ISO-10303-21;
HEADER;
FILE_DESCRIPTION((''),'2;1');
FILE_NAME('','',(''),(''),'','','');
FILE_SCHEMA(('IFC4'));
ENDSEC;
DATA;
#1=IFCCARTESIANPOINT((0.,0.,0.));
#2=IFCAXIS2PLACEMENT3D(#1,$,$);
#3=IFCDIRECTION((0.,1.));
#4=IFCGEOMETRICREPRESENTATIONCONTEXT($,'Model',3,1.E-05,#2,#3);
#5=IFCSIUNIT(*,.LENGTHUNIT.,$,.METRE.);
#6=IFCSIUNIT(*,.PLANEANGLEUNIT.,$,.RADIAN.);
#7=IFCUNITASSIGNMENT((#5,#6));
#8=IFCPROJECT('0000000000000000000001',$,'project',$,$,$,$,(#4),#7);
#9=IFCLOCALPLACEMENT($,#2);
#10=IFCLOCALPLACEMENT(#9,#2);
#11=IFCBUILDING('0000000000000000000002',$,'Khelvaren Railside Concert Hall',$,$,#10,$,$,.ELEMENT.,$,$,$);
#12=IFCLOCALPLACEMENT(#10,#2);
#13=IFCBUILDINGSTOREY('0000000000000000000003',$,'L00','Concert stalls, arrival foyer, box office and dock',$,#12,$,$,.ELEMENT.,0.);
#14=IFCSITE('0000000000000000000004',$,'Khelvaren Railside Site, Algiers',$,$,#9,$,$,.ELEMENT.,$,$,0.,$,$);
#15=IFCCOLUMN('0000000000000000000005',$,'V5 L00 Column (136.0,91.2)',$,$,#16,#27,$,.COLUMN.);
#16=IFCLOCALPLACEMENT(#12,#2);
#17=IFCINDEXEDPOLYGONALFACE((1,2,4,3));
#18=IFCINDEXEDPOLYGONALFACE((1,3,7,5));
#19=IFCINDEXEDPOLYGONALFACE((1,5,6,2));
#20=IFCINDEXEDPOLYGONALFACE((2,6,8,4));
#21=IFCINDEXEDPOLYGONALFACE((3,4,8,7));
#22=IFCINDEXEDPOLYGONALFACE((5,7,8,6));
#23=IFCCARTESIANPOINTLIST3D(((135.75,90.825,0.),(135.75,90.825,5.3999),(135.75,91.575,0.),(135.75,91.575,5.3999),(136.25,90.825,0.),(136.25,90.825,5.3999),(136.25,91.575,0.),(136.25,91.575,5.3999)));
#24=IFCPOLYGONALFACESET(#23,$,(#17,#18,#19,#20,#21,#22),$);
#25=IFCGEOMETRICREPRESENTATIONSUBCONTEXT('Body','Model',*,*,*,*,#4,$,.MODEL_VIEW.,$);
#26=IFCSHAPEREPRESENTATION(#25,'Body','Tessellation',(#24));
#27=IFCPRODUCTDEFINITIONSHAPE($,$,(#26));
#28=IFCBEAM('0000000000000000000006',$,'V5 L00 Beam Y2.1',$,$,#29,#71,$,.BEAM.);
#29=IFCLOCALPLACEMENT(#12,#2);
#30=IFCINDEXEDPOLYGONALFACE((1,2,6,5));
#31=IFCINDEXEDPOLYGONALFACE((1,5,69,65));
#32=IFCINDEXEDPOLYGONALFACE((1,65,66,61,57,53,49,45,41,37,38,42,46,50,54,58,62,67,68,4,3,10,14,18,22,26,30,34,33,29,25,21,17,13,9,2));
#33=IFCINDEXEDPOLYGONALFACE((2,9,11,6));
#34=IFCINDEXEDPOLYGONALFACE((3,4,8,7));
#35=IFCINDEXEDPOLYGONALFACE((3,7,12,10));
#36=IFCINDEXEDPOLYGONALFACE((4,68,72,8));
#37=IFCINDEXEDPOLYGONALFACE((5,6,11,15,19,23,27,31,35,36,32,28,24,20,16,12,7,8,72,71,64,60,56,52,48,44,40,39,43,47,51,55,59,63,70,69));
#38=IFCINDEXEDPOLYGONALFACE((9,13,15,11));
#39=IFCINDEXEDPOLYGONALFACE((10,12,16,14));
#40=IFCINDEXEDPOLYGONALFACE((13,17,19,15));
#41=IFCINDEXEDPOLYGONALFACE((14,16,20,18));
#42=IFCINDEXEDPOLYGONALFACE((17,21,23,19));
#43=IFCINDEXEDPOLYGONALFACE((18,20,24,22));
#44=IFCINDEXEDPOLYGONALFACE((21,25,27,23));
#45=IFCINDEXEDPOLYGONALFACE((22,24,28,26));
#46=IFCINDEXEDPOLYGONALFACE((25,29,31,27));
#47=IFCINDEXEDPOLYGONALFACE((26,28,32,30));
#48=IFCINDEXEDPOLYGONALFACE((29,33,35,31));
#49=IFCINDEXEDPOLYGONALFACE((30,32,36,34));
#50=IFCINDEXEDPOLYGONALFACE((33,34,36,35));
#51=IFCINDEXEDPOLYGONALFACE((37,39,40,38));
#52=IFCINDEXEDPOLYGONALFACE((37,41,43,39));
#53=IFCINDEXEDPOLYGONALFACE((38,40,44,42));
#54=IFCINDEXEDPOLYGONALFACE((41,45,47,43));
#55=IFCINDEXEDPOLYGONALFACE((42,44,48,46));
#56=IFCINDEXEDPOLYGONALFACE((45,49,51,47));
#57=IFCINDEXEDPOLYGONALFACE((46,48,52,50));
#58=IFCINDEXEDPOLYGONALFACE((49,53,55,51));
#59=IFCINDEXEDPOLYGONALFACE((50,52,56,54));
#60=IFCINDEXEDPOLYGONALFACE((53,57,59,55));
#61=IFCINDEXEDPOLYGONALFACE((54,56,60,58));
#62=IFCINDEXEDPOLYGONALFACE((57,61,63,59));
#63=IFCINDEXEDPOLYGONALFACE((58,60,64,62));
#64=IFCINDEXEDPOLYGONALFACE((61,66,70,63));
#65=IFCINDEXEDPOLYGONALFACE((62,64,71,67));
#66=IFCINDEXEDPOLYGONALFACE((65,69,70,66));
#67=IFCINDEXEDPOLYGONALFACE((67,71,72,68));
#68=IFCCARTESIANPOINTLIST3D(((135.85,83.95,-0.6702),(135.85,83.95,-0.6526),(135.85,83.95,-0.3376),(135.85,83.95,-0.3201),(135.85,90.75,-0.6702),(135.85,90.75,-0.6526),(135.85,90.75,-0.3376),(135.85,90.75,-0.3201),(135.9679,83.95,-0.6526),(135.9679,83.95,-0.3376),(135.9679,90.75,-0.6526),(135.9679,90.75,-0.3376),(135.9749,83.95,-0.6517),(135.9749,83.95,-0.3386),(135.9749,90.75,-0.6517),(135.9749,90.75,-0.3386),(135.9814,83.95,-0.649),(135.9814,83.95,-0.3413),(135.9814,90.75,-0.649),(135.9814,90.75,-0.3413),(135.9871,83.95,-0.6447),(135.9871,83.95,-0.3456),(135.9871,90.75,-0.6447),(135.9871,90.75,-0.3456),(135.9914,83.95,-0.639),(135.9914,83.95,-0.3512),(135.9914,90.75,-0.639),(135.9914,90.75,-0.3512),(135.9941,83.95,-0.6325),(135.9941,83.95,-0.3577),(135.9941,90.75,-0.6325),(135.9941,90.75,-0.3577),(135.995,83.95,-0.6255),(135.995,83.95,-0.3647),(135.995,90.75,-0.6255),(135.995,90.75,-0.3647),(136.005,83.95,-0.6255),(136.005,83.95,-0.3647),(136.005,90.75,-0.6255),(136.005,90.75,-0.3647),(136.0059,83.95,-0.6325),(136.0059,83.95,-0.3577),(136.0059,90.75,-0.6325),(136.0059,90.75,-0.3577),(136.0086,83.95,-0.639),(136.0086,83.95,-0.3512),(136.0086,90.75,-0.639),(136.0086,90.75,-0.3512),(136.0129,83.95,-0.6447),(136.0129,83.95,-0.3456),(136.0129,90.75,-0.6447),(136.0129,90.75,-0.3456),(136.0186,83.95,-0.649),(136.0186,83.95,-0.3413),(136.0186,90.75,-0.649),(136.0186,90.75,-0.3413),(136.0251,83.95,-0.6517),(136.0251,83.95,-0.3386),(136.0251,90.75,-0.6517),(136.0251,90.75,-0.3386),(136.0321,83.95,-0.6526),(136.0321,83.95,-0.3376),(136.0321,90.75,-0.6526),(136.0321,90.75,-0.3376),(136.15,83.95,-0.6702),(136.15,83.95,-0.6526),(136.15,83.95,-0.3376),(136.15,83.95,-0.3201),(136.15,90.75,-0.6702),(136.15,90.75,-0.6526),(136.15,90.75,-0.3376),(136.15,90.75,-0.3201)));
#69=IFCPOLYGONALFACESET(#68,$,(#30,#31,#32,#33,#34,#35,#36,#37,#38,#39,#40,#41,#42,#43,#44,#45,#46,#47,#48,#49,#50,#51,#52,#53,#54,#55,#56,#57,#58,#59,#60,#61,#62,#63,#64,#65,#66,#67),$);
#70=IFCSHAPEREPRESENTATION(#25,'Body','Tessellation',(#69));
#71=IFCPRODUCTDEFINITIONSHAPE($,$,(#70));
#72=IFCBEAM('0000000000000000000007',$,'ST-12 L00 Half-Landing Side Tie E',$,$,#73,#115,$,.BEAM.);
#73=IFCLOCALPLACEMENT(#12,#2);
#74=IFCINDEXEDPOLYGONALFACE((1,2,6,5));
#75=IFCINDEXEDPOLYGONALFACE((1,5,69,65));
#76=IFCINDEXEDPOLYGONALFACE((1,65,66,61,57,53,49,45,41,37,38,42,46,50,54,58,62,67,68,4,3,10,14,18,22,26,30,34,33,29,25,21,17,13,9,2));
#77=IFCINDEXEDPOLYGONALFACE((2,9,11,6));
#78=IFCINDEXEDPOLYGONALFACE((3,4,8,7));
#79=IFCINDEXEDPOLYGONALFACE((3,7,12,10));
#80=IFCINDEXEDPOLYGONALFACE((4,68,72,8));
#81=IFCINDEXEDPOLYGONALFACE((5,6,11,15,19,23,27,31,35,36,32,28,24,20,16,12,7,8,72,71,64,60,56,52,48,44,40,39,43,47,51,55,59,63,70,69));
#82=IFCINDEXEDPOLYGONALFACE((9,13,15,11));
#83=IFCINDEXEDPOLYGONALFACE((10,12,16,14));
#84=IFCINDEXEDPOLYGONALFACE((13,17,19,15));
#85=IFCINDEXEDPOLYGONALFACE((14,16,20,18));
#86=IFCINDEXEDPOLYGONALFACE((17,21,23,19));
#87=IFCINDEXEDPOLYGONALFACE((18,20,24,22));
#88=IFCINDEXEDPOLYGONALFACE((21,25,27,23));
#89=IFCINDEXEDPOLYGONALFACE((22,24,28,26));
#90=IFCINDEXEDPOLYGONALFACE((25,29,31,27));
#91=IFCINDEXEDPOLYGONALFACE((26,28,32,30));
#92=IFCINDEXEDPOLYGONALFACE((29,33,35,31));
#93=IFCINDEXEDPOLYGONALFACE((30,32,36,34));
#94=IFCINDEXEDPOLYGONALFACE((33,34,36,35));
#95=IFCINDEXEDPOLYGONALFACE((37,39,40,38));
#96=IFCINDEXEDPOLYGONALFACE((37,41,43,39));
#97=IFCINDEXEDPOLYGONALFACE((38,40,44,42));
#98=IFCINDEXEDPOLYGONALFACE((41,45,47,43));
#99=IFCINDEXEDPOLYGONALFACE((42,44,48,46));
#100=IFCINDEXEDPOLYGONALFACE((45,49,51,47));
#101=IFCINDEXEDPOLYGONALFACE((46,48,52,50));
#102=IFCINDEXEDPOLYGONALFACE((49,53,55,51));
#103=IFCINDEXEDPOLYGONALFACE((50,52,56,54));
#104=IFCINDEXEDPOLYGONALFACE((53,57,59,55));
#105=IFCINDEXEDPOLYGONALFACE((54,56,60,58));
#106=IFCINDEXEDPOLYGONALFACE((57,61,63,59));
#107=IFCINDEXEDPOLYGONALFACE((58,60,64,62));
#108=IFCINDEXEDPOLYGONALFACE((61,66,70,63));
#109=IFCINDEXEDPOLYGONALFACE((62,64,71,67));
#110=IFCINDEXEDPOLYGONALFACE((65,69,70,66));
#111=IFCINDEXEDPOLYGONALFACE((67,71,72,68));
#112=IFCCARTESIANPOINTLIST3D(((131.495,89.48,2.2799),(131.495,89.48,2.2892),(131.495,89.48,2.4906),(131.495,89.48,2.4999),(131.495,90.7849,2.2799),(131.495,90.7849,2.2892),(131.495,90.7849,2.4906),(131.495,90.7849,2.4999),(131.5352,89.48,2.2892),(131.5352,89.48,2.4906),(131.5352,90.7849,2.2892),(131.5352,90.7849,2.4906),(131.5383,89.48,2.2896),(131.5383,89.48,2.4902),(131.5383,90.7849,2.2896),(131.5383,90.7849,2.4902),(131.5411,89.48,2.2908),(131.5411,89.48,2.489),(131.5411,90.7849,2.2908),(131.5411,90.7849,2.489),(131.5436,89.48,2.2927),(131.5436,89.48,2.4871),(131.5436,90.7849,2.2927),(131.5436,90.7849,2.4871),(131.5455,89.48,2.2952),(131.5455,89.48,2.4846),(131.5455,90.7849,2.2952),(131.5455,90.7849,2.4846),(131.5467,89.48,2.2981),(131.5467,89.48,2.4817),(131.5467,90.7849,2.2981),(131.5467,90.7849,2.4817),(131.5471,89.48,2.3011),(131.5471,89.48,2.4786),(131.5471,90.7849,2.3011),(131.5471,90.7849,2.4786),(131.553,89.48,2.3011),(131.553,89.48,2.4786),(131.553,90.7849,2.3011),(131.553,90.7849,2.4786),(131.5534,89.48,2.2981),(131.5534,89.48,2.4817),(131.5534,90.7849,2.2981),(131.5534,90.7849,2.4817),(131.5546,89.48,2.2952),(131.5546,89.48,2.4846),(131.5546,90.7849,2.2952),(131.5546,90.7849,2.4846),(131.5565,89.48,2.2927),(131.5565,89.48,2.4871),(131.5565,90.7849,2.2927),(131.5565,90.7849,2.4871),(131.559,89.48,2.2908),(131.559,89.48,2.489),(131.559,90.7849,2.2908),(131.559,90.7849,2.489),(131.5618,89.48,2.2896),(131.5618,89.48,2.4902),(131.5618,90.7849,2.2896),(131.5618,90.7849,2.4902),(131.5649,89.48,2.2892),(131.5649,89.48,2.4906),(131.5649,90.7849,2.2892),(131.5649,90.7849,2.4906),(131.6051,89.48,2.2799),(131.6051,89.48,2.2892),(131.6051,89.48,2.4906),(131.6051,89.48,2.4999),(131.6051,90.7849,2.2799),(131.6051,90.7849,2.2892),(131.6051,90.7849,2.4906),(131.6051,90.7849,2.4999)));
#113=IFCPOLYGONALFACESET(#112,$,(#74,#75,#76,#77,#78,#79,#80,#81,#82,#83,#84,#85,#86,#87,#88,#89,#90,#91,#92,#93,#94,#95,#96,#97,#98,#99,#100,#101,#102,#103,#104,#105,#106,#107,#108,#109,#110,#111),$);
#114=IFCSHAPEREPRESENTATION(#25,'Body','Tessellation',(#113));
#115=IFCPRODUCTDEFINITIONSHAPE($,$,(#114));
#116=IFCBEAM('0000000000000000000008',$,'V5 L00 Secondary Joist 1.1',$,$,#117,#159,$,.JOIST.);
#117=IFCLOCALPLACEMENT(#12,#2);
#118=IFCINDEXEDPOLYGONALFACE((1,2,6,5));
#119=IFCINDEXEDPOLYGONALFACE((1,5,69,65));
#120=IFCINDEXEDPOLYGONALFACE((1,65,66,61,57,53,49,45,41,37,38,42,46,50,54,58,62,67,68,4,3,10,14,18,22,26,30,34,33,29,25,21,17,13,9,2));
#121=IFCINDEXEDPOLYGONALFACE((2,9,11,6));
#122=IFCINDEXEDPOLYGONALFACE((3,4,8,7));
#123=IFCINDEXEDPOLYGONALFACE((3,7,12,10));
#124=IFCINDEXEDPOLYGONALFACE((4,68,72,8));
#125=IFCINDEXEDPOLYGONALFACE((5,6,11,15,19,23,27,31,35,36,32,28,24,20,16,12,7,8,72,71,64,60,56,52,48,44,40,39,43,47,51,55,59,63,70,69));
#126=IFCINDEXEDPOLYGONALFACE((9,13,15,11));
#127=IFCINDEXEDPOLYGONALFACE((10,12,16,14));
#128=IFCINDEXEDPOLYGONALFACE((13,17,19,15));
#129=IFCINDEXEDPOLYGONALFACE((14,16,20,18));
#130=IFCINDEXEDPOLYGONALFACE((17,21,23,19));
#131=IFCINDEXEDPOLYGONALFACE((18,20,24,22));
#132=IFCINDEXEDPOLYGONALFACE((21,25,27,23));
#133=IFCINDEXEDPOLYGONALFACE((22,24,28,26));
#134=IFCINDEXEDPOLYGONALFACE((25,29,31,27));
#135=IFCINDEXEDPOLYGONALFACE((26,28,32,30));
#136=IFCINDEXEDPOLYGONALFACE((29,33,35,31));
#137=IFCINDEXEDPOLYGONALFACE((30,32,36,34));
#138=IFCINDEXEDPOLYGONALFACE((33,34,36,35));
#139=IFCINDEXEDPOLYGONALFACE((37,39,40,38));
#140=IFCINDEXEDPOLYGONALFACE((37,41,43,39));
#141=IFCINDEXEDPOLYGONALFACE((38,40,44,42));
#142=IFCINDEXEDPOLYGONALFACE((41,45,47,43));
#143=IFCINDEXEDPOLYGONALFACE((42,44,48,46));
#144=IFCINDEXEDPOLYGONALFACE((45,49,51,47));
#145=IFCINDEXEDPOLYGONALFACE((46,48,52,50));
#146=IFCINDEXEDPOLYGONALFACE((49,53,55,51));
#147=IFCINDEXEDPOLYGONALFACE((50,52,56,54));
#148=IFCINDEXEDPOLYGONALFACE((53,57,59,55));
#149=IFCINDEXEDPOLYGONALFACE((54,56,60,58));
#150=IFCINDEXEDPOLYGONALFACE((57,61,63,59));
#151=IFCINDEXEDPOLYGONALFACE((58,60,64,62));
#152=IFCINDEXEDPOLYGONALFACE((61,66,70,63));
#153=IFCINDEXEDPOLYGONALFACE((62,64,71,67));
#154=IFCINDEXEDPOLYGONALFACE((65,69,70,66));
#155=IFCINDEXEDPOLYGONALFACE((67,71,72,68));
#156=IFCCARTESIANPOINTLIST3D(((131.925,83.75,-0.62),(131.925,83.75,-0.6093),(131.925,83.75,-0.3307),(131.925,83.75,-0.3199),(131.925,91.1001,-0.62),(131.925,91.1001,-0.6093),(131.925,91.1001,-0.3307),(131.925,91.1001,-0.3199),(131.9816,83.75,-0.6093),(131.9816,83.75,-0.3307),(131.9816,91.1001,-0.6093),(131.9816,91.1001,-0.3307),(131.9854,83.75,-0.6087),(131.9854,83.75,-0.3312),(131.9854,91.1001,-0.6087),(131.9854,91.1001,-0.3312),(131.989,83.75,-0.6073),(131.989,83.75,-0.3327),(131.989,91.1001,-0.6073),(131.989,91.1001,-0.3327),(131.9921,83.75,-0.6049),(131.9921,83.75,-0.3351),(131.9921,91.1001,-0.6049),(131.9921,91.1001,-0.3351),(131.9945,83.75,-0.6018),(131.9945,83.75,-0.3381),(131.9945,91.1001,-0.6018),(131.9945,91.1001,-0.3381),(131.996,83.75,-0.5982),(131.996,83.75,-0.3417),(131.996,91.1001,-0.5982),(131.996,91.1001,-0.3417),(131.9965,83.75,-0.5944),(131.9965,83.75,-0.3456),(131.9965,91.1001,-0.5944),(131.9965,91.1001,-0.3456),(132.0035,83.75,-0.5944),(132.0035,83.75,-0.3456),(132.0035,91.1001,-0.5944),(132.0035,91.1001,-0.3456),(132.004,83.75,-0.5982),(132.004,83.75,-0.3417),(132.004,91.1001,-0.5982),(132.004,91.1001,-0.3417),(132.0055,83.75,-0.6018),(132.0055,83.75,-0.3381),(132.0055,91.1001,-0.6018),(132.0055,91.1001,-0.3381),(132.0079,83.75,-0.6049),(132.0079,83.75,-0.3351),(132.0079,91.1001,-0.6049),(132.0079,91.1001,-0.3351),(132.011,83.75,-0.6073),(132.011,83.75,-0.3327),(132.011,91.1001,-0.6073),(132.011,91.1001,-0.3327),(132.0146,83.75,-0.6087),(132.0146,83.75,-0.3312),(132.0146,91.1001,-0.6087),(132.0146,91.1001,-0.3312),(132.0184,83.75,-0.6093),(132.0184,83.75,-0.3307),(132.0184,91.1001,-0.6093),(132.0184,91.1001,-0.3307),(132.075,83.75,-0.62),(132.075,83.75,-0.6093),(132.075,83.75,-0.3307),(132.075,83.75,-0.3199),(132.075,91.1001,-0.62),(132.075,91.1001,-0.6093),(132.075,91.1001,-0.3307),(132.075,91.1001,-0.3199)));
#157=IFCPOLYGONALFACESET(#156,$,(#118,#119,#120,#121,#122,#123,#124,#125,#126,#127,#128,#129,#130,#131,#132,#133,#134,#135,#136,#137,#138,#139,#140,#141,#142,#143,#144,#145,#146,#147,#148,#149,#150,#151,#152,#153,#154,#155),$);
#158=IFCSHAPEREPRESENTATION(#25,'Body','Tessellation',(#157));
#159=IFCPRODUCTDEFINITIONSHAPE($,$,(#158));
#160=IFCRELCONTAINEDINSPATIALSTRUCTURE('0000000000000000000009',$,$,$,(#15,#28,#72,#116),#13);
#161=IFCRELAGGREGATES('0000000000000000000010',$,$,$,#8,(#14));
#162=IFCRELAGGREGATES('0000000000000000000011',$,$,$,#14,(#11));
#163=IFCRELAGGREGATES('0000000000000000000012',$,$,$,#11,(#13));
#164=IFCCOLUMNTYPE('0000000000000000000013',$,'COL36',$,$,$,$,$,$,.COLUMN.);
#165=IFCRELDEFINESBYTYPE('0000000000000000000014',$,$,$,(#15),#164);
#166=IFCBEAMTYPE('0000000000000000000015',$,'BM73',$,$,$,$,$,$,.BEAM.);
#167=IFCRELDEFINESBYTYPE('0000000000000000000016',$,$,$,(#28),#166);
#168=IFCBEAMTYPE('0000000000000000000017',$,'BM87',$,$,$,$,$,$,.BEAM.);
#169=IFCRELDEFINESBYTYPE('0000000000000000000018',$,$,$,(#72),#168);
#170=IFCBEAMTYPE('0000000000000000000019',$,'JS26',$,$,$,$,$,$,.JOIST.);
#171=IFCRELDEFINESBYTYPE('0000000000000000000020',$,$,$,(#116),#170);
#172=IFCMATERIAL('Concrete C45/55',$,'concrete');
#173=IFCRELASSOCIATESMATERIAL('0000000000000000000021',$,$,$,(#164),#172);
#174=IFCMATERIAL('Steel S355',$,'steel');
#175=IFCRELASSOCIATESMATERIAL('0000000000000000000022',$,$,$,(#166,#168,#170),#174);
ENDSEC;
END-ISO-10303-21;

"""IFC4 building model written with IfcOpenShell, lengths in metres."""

from ifc_helpers import new_model, si_unit, direction, frame, origin, origin_2d, place, context, subcontext, project, spatial, rectangle, i_section, extrude, material, material_profile, profile_set, type_object, element, save


model = new_model("IFC4")

# Units and contexts
model_context = context("Model", 3, precision=1e-05, world=origin(), true_north=direction((0.0, 1.0)))
body_context = subcontext(model_context, "Body", "Model", "MODEL_VIEW")
ifc_project = project(units=[si_unit("LENGTHUNIT", "METRE"), si_unit("PLANEANGLEUNIT", "RADIAN")], contexts=[model_context])

# Site, building, storey
site_placement = place(None, origin())
site = spatial("IfcSite", under=ifc_project, at=site_placement, Name="Khelvaren Railside Site, Algiers", CompositionType="ELEMENT", RefElevation=0.0)
building_placement = place(site_placement, origin())
building = spatial("IfcBuilding", under=site, at=building_placement, Name="Khelvaren Railside Concert Hall", CompositionType="ELEMENT")
storey_placement = place(building_placement, origin())
storey = spatial("IfcBuildingStorey", under=building, at=storey_placement, Name="L00", Description="Concert stalls, arrival foyer, box office and dock", CompositionType="ELEMENT", Elevation=0.0)

# Column
ifc_material_1 = material(Name="Concrete C45/55", Category="concrete")
ifc_material_profile_1 = material_profile(ifc_material_1, rectangle(XDim=0.5, YDim=0.75, at=origin_2d()), Name="RC 500x750")
ifc_profile_set_1 = profile_set([ifc_material_profile_1], Name="Concrete C45/55")
column_type = type_object("IfcColumnType", Name="COL36", PredefinedType="COLUMN", material=ifc_profile_set_1)
column_placement = place(storey_placement, frame((136.0, 91.2, 0.0), z_axis=(0.0, 0.0, 1.0), x_axis=(1.0, 0.0, 0.0)))
element("IfcColumn", 1, at=column_placement, inside=storey, type_object=column_type, Name="V5 L00 Column (136.0,91.2)", PredefinedType="COLUMN", context=body_context, shape_type="SweptSolid", body=[
    extrude(rectangle(XDim=0.5, YDim=0.75, at=origin_2d()), origin(), (0.0, 0.0, 1.0), 5.3999),
])

# Beams
ifc_material_2 = material(Name="Steel S355", Category="steel")
ifc_material_profile_2 = material_profile(ifc_material_2, i_section(OverallWidth=0.3, OverallDepth=0.3501, WebThickness=0.01, FlangeThickness=0.0176, FilletRadius=0.0271, at=origin_2d()), Name="HEA 360")
ifc_profile_set_2 = profile_set([ifc_material_profile_2], Name="Steel S355")
beam_type_1 = type_object("IfcBeamType", Name="BM73", PredefinedType="BEAM", material=ifc_profile_set_2)
beam_1_placement = place(storey_placement, frame((136.0, 83.95, -0.4951), z_axis=(0.0, 1.0, 0.0), x_axis=(-1.0, 0.0, 0.0)))
element("IfcBeam", 2, at=beam_1_placement, inside=storey, type_object=beam_type_1, Name="V5 L00 Beam Y2.1", PredefinedType="BEAM", context=body_context, shape_type="SweptSolid", body=[
    extrude(i_section(OverallWidth=0.3, OverallDepth=0.3501, WebThickness=0.01, FlangeThickness=0.0176, FilletRadius=0.0271, at=origin_2d()), origin(), (0.0, 0.0, 1.0), 6.8),
])
ifc_material_profile_3 = material_profile(ifc_material_2, i_section(OverallWidth=0.1101, OverallDepth=0.22, WebThickness=0.0059, FlangeThickness=0.0093, FilletRadius=0.012, at=origin_2d()), Name="IPE 220")
ifc_profile_set_3 = profile_set([ifc_material_profile_3], Name="Steel S355")
beam_type_2 = type_object("IfcBeamType", Name="BM87", PredefinedType="BEAM", material=ifc_profile_set_3)
beam_2_placement = place(storey_placement, frame((131.55, 89.48, 2.3899), z_axis=(0.0, 1.0, 0.0), x_axis=(-1.0, 0.0, 0.0)))
element("IfcBeam", 3, at=beam_2_placement, inside=storey, type_object=beam_type_2, Name="ST-12 L00 Half-Landing Side Tie E", PredefinedType="BEAM", context=body_context, shape_type="SweptSolid", body=[
    extrude(i_section(OverallWidth=0.1101, OverallDepth=0.22, WebThickness=0.0059, FlangeThickness=0.0093, FilletRadius=0.012, at=origin_2d()), origin(), (0.0, 0.0, 1.0), 1.3049),
])
ifc_material_profile_4 = material_profile(ifc_material_2, i_section(OverallWidth=0.1499, OverallDepth=0.3, WebThickness=0.0071, FlangeThickness=0.0107, FilletRadius=0.0149, at=origin_2d()), Name="IPE 300")
ifc_profile_set_4 = profile_set([ifc_material_profile_4], Name="Steel S355")
beam_type_3 = type_object("IfcBeamType", Name="JS26", PredefinedType="JOIST", material=ifc_profile_set_4)
beam_3_placement = place(storey_placement, frame((132.0, 83.75, -0.47), z_axis=(0.0, 1.0, 0.0), x_axis=(-1.0, 0.0, 0.0)))
element("IfcBeam", 4, at=beam_3_placement, inside=storey, type_object=beam_type_3, Name="V5 L00 Secondary Joist 1.1", PredefinedType="JOIST", context=body_context, shape_type="SweptSolid", body=[
    extrude(i_section(OverallWidth=0.1499, OverallDepth=0.3, WebThickness=0.0071, FlangeThickness=0.0107, FilletRadius=0.0149, at=origin_2d()), origin(), (0.0, 0.0, 1.0), 7.3501),
])

save(model, "model.ifc")
